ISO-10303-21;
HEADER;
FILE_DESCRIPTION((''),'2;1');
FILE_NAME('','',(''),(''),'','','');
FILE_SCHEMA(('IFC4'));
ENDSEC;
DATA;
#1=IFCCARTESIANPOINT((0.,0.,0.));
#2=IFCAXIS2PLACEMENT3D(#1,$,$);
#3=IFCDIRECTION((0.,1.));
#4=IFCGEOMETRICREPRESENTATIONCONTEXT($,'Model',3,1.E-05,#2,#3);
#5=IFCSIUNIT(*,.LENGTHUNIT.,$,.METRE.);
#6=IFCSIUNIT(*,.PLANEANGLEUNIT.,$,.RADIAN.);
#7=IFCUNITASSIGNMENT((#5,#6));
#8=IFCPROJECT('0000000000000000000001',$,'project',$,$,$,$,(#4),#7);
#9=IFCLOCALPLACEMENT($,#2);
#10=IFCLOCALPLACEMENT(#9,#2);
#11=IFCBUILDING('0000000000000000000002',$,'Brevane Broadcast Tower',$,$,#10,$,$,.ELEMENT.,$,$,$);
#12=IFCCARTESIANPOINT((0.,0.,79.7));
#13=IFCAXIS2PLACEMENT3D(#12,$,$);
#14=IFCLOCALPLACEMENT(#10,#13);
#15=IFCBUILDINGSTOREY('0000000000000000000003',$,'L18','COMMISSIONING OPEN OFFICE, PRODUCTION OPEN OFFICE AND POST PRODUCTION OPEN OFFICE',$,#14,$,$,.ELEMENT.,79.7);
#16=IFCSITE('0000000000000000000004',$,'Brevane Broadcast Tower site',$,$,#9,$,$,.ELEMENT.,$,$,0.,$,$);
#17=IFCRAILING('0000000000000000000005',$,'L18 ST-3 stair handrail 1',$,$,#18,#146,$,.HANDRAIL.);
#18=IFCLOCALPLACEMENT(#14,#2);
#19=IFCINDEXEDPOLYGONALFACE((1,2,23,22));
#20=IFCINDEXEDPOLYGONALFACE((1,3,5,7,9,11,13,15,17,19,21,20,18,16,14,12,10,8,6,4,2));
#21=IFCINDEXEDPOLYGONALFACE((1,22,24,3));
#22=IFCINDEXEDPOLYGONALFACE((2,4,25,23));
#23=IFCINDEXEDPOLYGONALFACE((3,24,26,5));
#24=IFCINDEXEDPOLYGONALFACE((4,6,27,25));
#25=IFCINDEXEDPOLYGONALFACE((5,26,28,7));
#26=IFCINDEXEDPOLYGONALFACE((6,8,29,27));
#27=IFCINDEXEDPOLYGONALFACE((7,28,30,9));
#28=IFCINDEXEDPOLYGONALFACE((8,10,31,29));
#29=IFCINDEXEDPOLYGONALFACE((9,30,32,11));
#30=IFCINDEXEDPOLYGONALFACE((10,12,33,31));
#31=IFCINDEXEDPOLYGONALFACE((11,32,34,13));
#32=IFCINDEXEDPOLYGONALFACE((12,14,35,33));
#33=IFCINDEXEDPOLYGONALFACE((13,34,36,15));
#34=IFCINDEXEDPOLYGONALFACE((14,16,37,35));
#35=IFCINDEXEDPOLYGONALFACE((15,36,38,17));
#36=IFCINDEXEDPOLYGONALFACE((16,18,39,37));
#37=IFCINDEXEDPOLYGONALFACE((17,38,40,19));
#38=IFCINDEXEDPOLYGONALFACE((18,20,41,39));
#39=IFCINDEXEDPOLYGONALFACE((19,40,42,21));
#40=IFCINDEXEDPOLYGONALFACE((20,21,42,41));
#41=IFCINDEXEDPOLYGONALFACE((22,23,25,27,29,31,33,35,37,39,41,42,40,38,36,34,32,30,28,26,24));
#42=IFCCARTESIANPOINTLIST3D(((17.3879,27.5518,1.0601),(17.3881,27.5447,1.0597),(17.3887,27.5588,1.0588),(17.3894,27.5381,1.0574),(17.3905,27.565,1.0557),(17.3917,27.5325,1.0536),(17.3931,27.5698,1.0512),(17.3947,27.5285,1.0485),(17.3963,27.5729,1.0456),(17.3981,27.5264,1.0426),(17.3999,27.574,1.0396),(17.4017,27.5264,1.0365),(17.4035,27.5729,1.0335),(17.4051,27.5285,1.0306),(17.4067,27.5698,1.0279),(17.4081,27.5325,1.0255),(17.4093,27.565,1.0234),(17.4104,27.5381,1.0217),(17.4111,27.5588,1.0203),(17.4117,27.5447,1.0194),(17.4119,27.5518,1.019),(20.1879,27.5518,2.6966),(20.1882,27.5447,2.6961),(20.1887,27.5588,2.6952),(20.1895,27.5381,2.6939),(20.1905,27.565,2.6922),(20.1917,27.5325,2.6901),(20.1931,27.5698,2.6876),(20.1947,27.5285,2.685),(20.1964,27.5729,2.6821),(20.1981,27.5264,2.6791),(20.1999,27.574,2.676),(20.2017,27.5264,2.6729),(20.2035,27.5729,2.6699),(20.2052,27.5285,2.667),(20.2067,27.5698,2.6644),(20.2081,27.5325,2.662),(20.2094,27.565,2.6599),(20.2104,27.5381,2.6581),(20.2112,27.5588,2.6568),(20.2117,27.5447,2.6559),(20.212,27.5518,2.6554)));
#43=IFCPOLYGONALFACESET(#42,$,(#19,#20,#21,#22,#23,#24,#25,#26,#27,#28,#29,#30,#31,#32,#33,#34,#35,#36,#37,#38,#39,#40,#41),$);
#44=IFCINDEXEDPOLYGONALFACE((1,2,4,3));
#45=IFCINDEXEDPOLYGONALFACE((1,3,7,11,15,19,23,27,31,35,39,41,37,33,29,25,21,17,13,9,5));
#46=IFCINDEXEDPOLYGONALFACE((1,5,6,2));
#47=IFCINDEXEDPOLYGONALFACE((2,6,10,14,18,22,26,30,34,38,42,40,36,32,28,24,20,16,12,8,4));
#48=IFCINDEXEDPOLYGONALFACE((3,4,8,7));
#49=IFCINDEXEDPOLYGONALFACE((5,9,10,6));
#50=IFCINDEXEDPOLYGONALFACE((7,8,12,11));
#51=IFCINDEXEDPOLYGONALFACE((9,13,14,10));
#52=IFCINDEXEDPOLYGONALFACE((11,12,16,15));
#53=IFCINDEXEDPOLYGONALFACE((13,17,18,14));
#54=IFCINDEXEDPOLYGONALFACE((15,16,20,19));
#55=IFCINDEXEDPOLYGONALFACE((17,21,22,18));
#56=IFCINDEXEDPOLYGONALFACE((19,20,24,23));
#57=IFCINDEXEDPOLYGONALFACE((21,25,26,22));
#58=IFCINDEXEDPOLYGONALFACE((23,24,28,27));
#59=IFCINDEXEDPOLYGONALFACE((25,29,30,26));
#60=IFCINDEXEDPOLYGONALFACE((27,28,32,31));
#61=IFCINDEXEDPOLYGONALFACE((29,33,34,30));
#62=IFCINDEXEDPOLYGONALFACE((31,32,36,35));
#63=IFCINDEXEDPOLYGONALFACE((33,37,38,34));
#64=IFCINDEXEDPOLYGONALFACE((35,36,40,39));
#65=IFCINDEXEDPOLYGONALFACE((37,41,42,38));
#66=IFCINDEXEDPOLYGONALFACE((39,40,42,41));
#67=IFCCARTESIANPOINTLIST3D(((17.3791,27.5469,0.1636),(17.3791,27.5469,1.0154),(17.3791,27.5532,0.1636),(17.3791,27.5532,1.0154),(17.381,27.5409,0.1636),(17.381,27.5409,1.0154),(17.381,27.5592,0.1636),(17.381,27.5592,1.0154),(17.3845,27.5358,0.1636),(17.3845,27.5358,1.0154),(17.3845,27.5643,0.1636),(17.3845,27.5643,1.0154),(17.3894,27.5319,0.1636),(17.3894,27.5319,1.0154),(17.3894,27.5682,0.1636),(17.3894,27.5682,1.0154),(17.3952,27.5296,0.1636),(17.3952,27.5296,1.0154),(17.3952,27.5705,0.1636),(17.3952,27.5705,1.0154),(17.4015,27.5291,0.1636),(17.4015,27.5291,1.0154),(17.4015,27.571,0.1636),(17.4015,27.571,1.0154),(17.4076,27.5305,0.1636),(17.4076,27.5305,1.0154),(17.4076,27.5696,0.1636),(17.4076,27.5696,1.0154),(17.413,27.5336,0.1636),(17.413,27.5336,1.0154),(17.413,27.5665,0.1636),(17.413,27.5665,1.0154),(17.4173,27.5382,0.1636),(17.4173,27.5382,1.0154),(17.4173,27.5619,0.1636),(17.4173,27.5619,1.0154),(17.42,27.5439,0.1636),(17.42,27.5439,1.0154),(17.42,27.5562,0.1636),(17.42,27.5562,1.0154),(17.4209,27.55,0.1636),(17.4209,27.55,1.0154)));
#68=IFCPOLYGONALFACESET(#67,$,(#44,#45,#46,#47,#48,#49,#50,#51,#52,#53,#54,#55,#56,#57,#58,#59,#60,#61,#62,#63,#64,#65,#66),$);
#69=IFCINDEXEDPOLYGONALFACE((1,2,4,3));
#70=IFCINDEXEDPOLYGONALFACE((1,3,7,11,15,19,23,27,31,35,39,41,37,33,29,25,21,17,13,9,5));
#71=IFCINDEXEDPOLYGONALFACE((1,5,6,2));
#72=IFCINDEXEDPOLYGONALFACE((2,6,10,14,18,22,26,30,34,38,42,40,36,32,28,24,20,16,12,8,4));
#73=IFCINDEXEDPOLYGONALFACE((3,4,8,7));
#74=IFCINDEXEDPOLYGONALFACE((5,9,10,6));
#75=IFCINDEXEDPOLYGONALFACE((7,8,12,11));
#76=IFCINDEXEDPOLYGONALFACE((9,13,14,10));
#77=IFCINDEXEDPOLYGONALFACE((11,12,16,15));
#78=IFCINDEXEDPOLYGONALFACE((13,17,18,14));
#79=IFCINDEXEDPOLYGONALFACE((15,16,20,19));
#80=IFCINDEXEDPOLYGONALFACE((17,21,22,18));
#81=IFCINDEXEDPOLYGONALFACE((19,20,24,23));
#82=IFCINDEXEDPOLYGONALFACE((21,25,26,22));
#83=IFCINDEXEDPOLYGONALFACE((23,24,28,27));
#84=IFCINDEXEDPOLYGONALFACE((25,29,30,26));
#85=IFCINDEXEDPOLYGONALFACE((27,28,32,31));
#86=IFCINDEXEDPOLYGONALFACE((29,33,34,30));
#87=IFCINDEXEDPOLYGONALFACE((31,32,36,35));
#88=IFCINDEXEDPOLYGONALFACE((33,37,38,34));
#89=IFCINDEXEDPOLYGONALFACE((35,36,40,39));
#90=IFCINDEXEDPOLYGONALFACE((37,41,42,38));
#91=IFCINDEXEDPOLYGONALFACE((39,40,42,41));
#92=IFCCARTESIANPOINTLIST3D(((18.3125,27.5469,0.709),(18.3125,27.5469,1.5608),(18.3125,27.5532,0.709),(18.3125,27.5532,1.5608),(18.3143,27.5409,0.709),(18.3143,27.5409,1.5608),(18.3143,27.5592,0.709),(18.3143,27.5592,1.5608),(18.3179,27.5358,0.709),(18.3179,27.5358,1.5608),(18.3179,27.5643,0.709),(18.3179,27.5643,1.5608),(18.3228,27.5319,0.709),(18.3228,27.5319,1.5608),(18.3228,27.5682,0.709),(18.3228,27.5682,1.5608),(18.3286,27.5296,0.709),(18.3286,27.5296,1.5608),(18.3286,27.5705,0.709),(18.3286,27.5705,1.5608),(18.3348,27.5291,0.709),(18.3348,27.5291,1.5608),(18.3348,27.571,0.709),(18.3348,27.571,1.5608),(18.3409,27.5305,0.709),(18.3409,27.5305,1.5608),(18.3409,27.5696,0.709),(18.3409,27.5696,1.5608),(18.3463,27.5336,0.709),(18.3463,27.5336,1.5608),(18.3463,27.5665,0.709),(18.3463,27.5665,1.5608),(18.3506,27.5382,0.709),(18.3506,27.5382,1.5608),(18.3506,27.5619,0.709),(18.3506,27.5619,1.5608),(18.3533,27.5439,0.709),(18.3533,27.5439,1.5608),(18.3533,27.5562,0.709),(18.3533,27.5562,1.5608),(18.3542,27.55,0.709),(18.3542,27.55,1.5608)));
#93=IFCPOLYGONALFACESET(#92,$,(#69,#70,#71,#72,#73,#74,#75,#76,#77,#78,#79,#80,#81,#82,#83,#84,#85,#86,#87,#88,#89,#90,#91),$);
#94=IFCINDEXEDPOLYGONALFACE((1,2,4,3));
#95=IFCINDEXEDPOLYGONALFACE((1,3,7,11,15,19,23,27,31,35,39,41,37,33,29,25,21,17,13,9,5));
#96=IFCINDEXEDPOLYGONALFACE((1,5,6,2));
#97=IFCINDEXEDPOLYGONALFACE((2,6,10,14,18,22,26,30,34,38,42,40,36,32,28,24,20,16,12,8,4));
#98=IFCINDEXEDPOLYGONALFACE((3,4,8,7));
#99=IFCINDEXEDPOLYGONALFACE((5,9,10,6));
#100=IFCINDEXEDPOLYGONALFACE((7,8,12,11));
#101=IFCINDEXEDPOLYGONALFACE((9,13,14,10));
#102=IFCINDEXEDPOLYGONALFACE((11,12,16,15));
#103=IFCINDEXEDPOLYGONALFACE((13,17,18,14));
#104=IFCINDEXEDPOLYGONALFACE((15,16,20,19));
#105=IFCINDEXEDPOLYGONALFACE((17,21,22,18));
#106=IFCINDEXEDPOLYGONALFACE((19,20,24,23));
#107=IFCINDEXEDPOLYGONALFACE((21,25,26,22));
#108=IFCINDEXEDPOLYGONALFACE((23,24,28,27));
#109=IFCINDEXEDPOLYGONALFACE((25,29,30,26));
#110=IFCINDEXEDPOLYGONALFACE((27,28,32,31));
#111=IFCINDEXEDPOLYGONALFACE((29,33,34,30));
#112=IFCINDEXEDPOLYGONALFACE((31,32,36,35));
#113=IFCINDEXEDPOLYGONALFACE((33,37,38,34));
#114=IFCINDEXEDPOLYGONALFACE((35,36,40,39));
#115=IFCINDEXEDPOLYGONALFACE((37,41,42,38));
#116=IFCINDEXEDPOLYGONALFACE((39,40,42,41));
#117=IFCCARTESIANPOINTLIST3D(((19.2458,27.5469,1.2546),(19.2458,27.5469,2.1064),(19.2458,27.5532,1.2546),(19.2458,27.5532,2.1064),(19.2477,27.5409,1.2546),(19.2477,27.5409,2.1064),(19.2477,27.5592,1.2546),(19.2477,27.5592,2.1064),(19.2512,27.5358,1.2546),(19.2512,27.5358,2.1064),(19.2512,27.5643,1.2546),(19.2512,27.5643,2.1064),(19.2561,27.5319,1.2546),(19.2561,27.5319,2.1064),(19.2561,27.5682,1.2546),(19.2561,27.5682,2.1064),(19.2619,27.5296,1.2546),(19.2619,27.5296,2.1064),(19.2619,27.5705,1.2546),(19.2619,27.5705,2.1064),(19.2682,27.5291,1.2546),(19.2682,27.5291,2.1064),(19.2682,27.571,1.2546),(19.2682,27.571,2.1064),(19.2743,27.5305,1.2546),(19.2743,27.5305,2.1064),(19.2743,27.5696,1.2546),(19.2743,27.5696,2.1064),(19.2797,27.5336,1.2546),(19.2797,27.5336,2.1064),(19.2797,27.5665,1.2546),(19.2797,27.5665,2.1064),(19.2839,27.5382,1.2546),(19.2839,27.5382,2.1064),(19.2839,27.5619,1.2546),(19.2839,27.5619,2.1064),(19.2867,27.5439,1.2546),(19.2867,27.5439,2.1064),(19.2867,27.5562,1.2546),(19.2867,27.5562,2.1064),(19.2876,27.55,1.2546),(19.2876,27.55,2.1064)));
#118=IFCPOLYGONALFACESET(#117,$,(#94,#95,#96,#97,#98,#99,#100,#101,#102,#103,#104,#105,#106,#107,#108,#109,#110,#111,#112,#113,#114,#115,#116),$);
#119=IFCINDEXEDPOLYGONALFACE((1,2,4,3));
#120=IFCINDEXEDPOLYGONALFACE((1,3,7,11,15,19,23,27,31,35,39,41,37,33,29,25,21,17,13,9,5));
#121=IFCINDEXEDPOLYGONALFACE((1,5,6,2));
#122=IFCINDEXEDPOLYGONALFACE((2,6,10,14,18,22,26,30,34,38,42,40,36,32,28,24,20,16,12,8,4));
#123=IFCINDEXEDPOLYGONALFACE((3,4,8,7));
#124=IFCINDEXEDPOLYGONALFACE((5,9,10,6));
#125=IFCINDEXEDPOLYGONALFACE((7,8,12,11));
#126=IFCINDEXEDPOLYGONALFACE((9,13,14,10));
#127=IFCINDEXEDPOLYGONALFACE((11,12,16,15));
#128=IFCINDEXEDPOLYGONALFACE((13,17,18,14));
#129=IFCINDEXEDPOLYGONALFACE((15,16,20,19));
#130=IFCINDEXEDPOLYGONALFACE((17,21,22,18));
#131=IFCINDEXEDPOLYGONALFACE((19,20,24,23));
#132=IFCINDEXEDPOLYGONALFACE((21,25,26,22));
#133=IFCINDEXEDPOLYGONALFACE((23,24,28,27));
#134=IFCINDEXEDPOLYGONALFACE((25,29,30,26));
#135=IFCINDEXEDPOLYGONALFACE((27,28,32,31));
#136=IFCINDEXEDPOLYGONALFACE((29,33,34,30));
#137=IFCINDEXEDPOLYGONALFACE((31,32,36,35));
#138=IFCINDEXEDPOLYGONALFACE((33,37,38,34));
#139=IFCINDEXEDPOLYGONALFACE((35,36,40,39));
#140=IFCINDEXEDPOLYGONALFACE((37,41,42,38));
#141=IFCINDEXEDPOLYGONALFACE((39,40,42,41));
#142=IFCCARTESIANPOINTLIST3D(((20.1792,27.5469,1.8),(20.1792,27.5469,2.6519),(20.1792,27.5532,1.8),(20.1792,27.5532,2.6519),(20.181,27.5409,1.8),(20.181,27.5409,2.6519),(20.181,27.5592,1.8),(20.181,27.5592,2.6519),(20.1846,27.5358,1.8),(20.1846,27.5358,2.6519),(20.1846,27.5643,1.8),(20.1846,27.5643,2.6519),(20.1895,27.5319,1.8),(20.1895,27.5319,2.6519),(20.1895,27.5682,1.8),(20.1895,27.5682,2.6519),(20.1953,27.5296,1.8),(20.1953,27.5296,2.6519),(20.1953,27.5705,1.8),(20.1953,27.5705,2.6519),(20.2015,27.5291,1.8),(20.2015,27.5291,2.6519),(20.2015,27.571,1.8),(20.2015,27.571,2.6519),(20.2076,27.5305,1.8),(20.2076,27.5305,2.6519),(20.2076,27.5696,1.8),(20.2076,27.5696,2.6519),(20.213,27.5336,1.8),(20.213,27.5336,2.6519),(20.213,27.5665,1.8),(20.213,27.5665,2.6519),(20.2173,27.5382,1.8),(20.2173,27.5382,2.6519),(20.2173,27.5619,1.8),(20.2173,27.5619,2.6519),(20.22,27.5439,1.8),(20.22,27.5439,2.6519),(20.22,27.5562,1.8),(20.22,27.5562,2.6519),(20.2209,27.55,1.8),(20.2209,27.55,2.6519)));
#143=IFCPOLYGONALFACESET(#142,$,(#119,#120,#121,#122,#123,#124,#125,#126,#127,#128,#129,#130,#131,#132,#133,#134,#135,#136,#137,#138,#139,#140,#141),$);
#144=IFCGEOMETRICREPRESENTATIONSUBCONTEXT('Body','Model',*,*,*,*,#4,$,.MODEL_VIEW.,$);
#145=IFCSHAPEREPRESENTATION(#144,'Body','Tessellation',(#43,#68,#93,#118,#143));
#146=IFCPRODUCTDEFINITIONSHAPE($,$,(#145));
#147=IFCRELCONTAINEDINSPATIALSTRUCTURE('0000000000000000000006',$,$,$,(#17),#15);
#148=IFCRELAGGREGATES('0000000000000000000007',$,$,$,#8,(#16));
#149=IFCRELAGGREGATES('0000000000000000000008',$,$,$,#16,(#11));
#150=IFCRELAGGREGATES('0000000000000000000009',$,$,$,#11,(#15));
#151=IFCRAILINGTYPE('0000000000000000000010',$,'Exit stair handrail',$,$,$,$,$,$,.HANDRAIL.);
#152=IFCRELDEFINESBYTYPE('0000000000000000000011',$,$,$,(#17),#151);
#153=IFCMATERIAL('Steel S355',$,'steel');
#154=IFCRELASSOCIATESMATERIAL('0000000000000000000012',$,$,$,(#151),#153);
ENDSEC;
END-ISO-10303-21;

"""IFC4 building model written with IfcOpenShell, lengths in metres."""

from ifc_helpers import new_model, si_unit, direction, frame, origin, origin_2d, place, context, subcontext, project, spatial, circle, extrude, material, type_object, element, save


model = new_model("IFC4")

# Units and contexts
model_context = context("Model", 3, precision=1e-05, world=origin(), true_north=direction((0.0, 1.0)))
body_context = subcontext(model_context, "Body", "Model", "MODEL_VIEW")
ifc_project = project(units=[si_unit("LENGTHUNIT", "METRE"), si_unit("PLANEANGLEUNIT", "RADIAN")], contexts=[model_context])

# Site, building, storey
site_placement = place(None, origin())
site = spatial("IfcSite", under=ifc_project, at=site_placement, Name="Brevane Broadcast Tower site", CompositionType="ELEMENT", RefElevation=0.0)
building_placement = place(site_placement, origin())
building = spatial("IfcBuilding", under=site, at=building_placement, Name="Brevane Broadcast Tower", CompositionType="ELEMENT")
storey_placement = place(building_placement, frame((0.0, 0.0, 79.7)))
storey = spatial("IfcBuildingStorey", under=building, at=storey_placement, Name="L18", Description="COMMISSIONING OPEN OFFICE, PRODUCTION OPEN OFFICE AND POST PRODUCTION OPEN OFFICE", CompositionType="ELEMENT", Elevation=79.7)

# Railing
ifc_material_1 = material(Name="Steel S355", Category="steel")
railing_type_1 = type_object("IfcRailingType", Name="Exit stair handrail", PredefinedType="HANDRAIL", material=ifc_material_1)
railing_1_placement = place(storey_placement, frame((17.3999, 27.55, 0.1636)))
element("IfcRailing", 1, at=railing_1_placement, inside=storey, type_object=railing_type_1, Name="L18 ST-3 stair handrail 1", PredefinedType="HANDRAIL", context=body_context, shape_type="SweptSolid", body=[
    extrude(circle(Radius=0.0239, at=origin_2d()), frame((0.0, 0.0, 0.876), z_axis=(0.863361, 0.0, 0.504587), x_axis=(0.0, 1.0, 0.0)), (0.0, 0.0, 1.0), 3.2432),
    extrude(circle(Radius=0.021, at=origin_2d()), origin(), (0.0, 0.0, 1.0), 0.8518),
    extrude(circle(Radius=0.021, at=origin_2d()), frame((0.9333, 0.0, 0.5454)), (0.0, 0.0, 1.0), 0.8518),
    extrude(circle(Radius=0.021, at=origin_2d()), frame((1.8667, 0.0, 1.0911)), (0.0, 0.0, 1.0), 0.8518),
    extrude(circle(Radius=0.021, at=origin_2d()), frame((2.8, 0.0, 1.6365)), (0.0, 0.0, 1.0), 0.8518),
])

save(model, "model.ifc")
